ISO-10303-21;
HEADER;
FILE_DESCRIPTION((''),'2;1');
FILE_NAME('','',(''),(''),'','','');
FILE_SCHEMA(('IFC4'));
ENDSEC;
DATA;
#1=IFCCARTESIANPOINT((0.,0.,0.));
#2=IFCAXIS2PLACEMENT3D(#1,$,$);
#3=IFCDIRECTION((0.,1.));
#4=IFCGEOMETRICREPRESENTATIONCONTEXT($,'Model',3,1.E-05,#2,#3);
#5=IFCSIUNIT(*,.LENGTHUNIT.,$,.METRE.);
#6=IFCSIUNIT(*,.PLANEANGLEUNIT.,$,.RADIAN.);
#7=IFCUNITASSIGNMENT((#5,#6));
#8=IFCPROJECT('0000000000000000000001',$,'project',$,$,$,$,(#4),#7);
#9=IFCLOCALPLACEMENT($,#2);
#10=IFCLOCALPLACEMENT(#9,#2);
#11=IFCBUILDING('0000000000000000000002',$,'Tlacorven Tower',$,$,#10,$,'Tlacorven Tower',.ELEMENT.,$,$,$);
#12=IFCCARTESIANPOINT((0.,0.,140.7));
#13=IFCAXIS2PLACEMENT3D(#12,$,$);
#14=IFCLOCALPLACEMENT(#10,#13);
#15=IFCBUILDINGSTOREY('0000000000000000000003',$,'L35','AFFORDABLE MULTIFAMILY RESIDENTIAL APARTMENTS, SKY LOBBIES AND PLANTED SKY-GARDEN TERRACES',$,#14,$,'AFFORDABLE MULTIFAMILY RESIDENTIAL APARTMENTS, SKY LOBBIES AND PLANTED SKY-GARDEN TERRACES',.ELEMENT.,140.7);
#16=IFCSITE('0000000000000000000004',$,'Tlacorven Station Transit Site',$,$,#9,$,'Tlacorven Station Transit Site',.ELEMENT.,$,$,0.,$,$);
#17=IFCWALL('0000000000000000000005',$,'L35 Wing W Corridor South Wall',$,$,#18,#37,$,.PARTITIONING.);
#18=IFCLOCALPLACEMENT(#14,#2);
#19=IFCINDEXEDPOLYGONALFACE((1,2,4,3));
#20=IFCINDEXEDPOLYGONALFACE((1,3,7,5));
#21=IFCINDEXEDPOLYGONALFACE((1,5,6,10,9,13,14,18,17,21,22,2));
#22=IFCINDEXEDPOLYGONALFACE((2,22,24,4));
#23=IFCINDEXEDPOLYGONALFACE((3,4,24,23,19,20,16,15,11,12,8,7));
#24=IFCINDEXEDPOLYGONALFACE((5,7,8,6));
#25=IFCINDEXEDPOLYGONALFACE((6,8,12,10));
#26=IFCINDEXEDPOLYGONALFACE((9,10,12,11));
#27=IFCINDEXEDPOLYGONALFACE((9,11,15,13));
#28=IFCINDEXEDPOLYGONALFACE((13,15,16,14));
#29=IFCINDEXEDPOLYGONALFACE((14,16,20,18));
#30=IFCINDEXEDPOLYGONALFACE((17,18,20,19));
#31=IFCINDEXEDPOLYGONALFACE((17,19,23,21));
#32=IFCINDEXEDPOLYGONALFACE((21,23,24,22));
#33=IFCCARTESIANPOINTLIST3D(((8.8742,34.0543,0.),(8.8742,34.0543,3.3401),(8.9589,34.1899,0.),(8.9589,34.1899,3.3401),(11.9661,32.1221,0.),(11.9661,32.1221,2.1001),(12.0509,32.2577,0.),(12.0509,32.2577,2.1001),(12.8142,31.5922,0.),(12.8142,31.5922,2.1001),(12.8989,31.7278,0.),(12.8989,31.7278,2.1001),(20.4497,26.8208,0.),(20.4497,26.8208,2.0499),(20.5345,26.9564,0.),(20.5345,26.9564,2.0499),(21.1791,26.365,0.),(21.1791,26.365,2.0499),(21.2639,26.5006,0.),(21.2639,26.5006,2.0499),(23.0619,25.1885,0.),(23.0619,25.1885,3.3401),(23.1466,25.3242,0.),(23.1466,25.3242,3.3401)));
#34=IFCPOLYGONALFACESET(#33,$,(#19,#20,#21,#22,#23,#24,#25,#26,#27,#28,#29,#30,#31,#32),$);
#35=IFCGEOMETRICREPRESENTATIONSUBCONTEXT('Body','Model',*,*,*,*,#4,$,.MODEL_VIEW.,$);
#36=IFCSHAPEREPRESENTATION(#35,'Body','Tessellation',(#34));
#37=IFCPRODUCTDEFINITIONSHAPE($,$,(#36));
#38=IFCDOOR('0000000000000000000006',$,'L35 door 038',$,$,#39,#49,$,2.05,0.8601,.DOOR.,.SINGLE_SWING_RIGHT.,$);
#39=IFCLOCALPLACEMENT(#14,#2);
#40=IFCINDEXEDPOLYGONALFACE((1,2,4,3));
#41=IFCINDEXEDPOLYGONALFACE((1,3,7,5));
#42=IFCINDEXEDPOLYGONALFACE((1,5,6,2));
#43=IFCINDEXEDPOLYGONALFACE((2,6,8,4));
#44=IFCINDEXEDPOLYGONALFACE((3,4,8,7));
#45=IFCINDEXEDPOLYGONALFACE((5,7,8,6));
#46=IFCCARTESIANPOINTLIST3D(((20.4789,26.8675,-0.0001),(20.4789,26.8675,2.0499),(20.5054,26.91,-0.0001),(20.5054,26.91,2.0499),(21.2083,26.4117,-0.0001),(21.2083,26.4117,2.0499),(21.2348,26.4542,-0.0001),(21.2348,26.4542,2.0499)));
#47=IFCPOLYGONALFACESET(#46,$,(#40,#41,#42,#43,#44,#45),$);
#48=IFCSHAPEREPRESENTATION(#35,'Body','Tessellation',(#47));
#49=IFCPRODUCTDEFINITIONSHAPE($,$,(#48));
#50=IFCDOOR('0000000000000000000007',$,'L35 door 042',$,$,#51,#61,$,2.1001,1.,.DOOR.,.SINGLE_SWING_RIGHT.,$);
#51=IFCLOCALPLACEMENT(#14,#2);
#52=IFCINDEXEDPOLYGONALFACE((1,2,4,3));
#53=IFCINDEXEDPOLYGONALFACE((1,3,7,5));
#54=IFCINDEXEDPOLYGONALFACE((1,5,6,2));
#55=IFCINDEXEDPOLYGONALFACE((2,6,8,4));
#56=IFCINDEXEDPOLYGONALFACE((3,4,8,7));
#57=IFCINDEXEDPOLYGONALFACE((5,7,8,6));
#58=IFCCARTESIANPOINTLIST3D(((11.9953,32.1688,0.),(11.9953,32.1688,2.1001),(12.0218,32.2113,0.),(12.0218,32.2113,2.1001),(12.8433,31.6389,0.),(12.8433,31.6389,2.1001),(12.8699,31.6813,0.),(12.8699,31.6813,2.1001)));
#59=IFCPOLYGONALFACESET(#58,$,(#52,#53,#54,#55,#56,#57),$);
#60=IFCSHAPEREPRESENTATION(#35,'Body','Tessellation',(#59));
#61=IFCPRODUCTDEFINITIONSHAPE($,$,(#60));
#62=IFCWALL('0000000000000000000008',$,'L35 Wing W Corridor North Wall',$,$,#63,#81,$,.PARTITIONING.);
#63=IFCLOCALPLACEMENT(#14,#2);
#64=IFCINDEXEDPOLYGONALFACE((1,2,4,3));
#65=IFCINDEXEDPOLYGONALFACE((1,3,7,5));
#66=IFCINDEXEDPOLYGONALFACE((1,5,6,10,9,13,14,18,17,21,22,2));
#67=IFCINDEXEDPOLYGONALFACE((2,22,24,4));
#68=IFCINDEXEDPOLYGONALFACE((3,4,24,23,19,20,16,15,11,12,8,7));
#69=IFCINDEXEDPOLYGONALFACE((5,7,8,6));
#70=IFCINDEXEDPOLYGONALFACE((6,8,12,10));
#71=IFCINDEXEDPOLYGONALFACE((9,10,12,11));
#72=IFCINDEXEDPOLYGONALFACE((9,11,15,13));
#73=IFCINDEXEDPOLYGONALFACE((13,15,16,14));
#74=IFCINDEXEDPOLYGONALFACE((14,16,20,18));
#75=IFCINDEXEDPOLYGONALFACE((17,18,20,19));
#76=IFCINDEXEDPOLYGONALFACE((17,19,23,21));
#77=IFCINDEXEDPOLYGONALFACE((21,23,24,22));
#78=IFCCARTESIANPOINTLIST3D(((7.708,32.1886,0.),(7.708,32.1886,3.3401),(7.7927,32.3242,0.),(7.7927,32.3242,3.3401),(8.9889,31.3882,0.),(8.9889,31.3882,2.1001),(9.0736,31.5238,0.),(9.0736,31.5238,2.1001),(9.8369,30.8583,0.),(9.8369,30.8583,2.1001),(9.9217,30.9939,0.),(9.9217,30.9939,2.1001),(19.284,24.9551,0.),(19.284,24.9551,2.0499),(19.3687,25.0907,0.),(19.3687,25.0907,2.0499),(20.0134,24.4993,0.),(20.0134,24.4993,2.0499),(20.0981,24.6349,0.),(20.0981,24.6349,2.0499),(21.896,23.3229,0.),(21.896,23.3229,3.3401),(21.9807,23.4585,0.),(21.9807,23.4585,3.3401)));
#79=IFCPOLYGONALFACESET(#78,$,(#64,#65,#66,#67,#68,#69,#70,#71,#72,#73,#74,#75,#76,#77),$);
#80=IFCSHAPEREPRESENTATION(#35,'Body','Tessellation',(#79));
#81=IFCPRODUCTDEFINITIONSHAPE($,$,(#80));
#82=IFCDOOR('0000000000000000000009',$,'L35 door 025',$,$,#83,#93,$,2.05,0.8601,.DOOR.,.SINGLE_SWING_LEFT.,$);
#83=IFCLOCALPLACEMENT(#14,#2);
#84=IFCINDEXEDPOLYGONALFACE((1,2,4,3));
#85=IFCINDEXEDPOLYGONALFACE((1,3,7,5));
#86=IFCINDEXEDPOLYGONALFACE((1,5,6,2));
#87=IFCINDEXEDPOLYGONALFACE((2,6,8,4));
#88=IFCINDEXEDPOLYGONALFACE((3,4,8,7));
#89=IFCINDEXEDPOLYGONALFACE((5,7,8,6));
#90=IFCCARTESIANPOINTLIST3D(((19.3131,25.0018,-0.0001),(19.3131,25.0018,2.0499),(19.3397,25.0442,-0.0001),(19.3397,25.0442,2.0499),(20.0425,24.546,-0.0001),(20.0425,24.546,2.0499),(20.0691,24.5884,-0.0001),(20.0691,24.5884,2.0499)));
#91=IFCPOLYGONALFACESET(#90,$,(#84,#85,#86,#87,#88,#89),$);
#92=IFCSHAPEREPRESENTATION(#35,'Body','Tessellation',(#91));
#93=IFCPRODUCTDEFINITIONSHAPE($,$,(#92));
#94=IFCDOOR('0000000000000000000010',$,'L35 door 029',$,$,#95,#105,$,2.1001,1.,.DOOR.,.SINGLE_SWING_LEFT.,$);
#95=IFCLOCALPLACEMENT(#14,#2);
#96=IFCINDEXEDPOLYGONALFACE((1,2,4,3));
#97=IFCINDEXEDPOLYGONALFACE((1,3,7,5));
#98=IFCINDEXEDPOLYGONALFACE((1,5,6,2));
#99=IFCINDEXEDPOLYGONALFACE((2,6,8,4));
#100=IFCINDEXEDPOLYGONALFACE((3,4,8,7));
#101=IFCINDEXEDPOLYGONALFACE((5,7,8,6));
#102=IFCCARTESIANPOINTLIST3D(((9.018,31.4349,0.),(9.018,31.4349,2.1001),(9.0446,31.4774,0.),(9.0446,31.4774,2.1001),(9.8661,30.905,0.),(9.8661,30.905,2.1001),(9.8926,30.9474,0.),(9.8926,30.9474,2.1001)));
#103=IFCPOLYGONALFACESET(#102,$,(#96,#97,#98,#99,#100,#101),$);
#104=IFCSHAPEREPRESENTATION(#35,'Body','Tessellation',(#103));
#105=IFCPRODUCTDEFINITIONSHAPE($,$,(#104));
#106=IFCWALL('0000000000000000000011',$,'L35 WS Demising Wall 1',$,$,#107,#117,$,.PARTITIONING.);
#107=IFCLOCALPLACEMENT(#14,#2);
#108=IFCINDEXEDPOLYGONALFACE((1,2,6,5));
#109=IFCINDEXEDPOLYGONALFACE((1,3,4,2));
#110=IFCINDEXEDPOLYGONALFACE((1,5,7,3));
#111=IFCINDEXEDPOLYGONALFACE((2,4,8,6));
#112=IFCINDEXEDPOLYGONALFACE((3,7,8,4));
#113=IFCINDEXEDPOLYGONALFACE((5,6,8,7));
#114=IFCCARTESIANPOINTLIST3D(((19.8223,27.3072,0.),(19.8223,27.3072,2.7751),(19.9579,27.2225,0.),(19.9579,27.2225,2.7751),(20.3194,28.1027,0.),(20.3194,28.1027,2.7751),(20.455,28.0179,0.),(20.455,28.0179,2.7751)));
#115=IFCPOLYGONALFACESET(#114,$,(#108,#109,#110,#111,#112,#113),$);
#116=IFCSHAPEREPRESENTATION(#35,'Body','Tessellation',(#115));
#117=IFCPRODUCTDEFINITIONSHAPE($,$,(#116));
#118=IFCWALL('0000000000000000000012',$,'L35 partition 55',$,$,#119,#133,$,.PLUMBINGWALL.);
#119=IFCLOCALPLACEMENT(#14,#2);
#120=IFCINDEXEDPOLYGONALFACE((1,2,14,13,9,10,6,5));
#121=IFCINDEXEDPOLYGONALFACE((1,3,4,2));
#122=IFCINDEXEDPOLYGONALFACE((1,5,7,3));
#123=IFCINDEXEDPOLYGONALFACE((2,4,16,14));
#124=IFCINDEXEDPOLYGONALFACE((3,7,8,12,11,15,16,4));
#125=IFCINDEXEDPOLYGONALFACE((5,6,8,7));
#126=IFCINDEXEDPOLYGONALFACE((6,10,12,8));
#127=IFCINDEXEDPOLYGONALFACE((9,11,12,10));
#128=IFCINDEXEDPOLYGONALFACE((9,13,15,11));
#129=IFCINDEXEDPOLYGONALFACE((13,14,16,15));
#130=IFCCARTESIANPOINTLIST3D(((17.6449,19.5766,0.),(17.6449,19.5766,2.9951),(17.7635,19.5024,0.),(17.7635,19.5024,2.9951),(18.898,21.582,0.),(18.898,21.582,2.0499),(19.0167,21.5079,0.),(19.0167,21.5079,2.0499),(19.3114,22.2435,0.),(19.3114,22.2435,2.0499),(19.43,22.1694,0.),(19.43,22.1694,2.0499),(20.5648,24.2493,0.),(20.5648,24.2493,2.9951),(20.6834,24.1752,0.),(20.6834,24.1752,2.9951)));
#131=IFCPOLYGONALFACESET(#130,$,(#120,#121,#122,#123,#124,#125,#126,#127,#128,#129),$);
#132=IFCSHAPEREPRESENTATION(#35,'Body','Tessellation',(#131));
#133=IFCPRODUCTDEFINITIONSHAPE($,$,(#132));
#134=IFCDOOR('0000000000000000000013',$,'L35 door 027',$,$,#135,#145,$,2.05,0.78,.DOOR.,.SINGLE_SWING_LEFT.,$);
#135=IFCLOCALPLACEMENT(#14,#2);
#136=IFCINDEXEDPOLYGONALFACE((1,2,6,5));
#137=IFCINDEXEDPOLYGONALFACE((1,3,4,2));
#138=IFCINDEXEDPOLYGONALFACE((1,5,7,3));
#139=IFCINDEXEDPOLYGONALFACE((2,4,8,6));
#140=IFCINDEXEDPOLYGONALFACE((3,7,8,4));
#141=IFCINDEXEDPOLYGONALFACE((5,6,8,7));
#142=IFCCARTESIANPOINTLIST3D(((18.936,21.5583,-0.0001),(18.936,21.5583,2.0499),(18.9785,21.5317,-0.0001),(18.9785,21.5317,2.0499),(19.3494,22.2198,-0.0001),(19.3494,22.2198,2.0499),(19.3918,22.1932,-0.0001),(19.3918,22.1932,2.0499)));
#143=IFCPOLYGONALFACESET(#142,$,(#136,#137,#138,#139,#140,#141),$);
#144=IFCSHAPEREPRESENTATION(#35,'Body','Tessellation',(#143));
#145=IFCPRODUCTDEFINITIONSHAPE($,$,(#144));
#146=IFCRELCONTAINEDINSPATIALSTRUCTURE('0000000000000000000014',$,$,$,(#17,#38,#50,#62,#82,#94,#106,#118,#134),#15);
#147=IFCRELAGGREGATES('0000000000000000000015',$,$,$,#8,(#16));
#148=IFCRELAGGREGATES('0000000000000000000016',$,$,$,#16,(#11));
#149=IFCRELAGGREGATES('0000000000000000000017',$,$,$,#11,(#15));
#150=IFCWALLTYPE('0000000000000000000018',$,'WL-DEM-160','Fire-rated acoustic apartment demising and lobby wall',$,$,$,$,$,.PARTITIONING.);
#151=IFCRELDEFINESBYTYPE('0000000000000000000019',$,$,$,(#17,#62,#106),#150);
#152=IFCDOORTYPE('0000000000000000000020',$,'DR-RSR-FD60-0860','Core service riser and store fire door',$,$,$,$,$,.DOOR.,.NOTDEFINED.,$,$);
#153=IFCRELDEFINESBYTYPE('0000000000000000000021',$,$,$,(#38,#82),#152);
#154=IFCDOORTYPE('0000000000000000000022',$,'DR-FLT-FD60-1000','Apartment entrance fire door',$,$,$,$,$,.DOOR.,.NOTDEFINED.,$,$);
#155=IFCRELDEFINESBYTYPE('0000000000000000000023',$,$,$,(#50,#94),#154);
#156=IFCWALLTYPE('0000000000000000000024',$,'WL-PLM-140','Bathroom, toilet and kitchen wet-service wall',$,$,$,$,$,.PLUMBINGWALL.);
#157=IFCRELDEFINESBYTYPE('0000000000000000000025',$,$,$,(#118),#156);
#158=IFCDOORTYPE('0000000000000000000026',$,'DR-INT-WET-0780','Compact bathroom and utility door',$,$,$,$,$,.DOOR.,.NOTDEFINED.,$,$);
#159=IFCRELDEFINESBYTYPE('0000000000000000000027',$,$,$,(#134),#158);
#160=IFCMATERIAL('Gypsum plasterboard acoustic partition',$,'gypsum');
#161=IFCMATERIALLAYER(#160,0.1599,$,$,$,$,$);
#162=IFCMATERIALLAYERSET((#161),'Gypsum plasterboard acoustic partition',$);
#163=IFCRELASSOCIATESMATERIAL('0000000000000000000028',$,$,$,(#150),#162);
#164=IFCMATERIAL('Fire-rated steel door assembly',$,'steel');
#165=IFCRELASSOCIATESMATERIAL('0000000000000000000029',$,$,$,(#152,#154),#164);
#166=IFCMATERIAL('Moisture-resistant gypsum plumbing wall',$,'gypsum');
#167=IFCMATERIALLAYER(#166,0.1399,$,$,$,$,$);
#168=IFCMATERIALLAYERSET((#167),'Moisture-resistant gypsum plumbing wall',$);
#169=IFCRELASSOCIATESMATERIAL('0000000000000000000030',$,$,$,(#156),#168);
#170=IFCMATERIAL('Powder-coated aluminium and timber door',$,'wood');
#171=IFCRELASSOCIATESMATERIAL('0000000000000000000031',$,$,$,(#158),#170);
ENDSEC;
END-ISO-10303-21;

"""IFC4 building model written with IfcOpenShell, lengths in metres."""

from ifc_helpers import new_model, si_unit, direction, frame, frame_2d, origin, place, context, subcontext, project, spatial, rectangle, extrude, source, transform, mapped, material, layer, layer_set, type_object, element, fill, save


model = new_model("IFC4")

# Units and contexts
model_context = context("Model", 3, precision=1e-05, world=origin(), true_north=direction((0.0, 1.0)))
body_context = subcontext(model_context, "Body", "Model", "MODEL_VIEW")
ifc_project = project(units=[si_unit("LENGTHUNIT", "METRE"), si_unit("PLANEANGLEUNIT", "RADIAN")], contexts=[model_context])

# Site, building, storey
site_placement = place(None, origin())
site = spatial("IfcSite", under=ifc_project, at=site_placement, Name="Tlacorven Station Transit Site", LongName="Tlacorven Station Transit Site", CompositionType="ELEMENT", RefElevation=0.0)
building_placement = place(site_placement, origin())
building = spatial("IfcBuilding", under=site, at=building_placement, Name="Tlacorven Tower", LongName="Tlacorven Tower", CompositionType="ELEMENT")
storey_placement = place(building_placement, frame((0.0, 0.0, 140.7)))
storey = spatial("IfcBuildingStorey", under=building, at=storey_placement, Name="L35", Description="AFFORDABLE MULTIFAMILY RESIDENTIAL APARTMENTS, SKY LOBBIES AND PLANTED SKY-GARDEN TERRACES", LongName="AFFORDABLE MULTIFAMILY RESIDENTIAL APARTMENTS, SKY LOBBIES AND PLANTED SKY-GARDEN TERRACES", CompositionType="ELEMENT", Elevation=140.7)

# Shared definitions
ifc_material_1 = material(Name="Gypsum plasterboard acoustic partition", Category="gypsum")
ifc_layer_1 = layer(ifc_material_1, 0.1599)
ifc_layer_set_1 = layer_set([ifc_layer_1], Name="Gypsum plasterboard acoustic partition")
wall_type_1 = type_object("IfcWallType", Name="WL-DEM-160", Description="Fire-rated acoustic apartment demising and lobby wall", PredefinedType="PARTITIONING", material=ifc_layer_set_1)
ifc_material_2 = material(Name="Fire-rated steel door assembly", Category="steel")
door_type_1 = type_object("IfcDoorType", Name="DR-RSR-FD60-0860", Description="Core service riser and store fire door", OperationType="NOTDEFINED", PredefinedType="DOOR", material=ifc_material_2)
shared_shape_1 = source(origin(), body_context, "Body", "SweptSolid", [
    extrude(rectangle(XDim=0.8601, YDim=2.05, at=frame_2d((0.4302, 1.0249))), frame((0.0, 0.0249, 0.0), z_axis=(0.0, -1.0, 0.0), x_axis=(1.0, 0.0, 0.0)), (0.0, 0.0, 1.0), 0.05),
])

# Walls, openings, doors
wall_1_placement = place(storey_placement, frame((23.1042, 25.2563, 0.0), z_axis=(0.0, 0.0, 1.0), x_axis=(-0.848042, 0.529929, 0.0)))
wall_1 = element("IfcWall", 1, at=wall_1_placement, inside=storey, type_object=wall_type_1, Name="L35 Wing W Corridor South Wall", PredefinedType="PARTITIONING", context=body_context, shape_type="SweptSolid", body=[
    extrude(rectangle(XDim=16.73, YDim=0.1599, at=frame_2d((8.365, 0.0))), origin(), (0.0, 0.0, 1.0), 3.3401),
])
opening_1_placement = place(wall_1_placement, frame((2.22, 0.0, 0.0)))
opening_1 = element("IfcOpeningElement", 2, at=opening_1_placement, cuts=wall_1, PredefinedType="OPENING", context=body_context, shape_type="SweptSolid", body=[
    extrude(rectangle(XDim=0.8601, YDim=2.05, at=frame_2d((0.4302, 1.0249))), frame((0.0, 0.0898, 0.0), z_axis=(0.0, -1.0, 0.0), x_axis=(1.0, 0.0, 0.0)), (0.0, 0.0, 1.0), 0.1799),
])
opening_2_placement = place(wall_1_placement, frame((12.084, 0.0, 0.0)))
opening_2 = element("IfcOpeningElement", 3, at=opening_2_placement, cuts=wall_1, PredefinedType="OPENING", context=body_context, shape_type="SweptSolid", body=[
    extrude(rectangle(XDim=1.0, YDim=2.1001, at=frame_2d((0.5, 1.05))), frame((0.0, 0.0898, 0.0), z_axis=(0.0, -1.0, 0.0), x_axis=(1.0, 0.0, 0.0)), (0.0, 0.0, 1.0), 0.1799),
])
door_1_placement = place(opening_1_placement, origin())
door_1 = element("IfcDoor", 4, at=door_1_placement, inside=storey, type_object=door_type_1, Name="L35 door 038", OperationType="SINGLE_SWING_RIGHT", OverallHeight=2.05, OverallWidth=0.8601, PredefinedType="DOOR", context=body_context, shape_type="MappedRepresentation", body=[
    mapped(shared_shape_1, transform((0.0, 0.0, 0.0), scale=1.0)),
])
fill(opening_1, door_1)
door_type_2 = type_object("IfcDoorType", Name="DR-FLT-FD60-1000", Description="Apartment entrance fire door", OperationType="NOTDEFINED", PredefinedType="DOOR", material=ifc_material_2)
shared_shape_2 = source(origin(), body_context, "Body", "SweptSolid", [
    extrude(rectangle(XDim=1.0, YDim=2.1001, at=frame_2d((0.5, 1.05))), frame((0.0, 0.0249, 0.0), z_axis=(0.0, -1.0, 0.0), x_axis=(1.0, 0.0, 0.0)), (0.0, 0.0, 1.0), 0.05),
])
door_2_placement = place(opening_2_placement, origin())
door_2 = element("IfcDoor", 5, at=door_2_placement, inside=storey, type_object=door_type_2, Name="L35 door 042", OperationType="SINGLE_SWING_RIGHT", OverallHeight=2.1001, OverallWidth=1.0, PredefinedType="DOOR", context=body_context, shape_type="MappedRepresentation", body=[
    mapped(shared_shape_2, transform((0.0, 0.0, 0.0), scale=1.0)),
])
fill(opening_2, door_2)
wall_2_placement = place(storey_placement, frame((21.9385, 23.3906, 0.0), z_axis=(0.0, 0.0, 1.0), x_axis=(-0.848046, 0.529923, 0.0)))
wall_2 = element("IfcWall", 6, at=wall_2_placement, inside=storey, type_object=wall_type_1, Name="L35 Wing W Corridor North Wall", PredefinedType="PARTITIONING", context=body_context, shape_type="SweptSolid", body=[
    extrude(rectangle(XDim=16.7302, YDim=0.1599, at=frame_2d((8.3652, 0.0))), origin(), (0.0, 0.0, 1.0), 3.3401),
])
opening_3_placement = place(wall_2_placement, frame((2.22, 0.0, 0.0)))
opening_3 = element("IfcOpeningElement", 7, at=opening_3_placement, cuts=wall_2, PredefinedType="OPENING", context=body_context, shape_type="SweptSolid", body=[
    extrude(rectangle(XDim=0.8601, YDim=2.05, at=frame_2d((0.4302, 1.0249))), frame((0.0, 0.0898, 0.0), z_axis=(0.0, -1.0, 0.0), x_axis=(1.0, 0.0, 0.0)), (0.0, 0.0, 1.0), 0.1799),
])
opening_4_placement = place(wall_2_placement, frame((14.22, 0.0, 0.0)))
opening_4 = element("IfcOpeningElement", 8, at=opening_4_placement, cuts=wall_2, PredefinedType="OPENING", context=body_context, shape_type="SweptSolid", body=[
    extrude(rectangle(XDim=1.0, YDim=2.1001, at=frame_2d((0.5, 1.05))), frame((0.0, 0.0898, 0.0), z_axis=(0.0, -1.0, 0.0), x_axis=(1.0, 0.0, 0.0)), (0.0, 0.0, 1.0), 0.1799),
])
door_3_placement = place(opening_3_placement, origin())
door_3 = element("IfcDoor", 9, at=door_3_placement, inside=storey, type_object=door_type_1, Name="L35 door 025", OperationType="SINGLE_SWING_LEFT", OverallHeight=2.05, OverallWidth=0.8601, PredefinedType="DOOR", context=body_context, shape_type="MappedRepresentation", body=[
    mapped(shared_shape_1, transform((0.0, 0.0, 0.0), scale=1.0)),
])
fill(opening_3, door_3)
door_4_placement = place(opening_4_placement, origin())
door_4 = element("IfcDoor", 10, at=door_4_placement, inside=storey, type_object=door_type_2, Name="L35 door 029", OperationType="SINGLE_SWING_LEFT", OverallHeight=2.1001, OverallWidth=1.0, PredefinedType="DOOR", context=body_context, shape_type="MappedRepresentation", body=[
    mapped(shared_shape_2, transform((0.0, 0.0, 0.0), scale=1.0)),
])
fill(opening_4, door_4)

# Wall
wall_3_placement = place(storey_placement, frame((20.3872, 28.0603, 0.0), z_axis=(0.0, 0.0, 1.0), x_axis=(-0.529952, -0.848028, 0.0)))
element("IfcWall", 11, at=wall_3_placement, inside=storey, type_object=wall_type_1, Name="L35 WS Demising Wall 1", PredefinedType="PARTITIONING", context=body_context, shape_type="SweptSolid", body=[
    extrude(rectangle(XDim=0.938, YDim=0.1599, at=frame_2d((0.469, 0.0))), origin(), (0.0, 0.0, 1.0), 2.7751),
])

# Wall, opening, door
ifc_material_3 = material(Name="Moisture-resistant gypsum plumbing wall", Category="gypsum")
ifc_layer_2 = layer(ifc_material_3, 0.1399)
ifc_layer_set_2 = layer_set([ifc_layer_2], Name="Moisture-resistant gypsum plumbing wall")
wall_type_2 = type_object("IfcWallType", Name="WL-PLM-140", Description="Bathroom, toilet and kitchen wet-service wall", PredefinedType="PLUMBINGWALL", material=ifc_layer_set_2)
wall_4_placement = place(storey_placement, frame((20.624, 24.2122, 0.0), z_axis=(0.0, 0.0, 1.0), x_axis=(-0.529919, -0.848048, 0.0)))
wall_4 = element("IfcWall", 12, at=wall_4_placement, inside=storey, type_object=wall_type_2, Name="L35 partition 55", PredefinedType="PLUMBINGWALL", context=body_context, shape_type="SweptSolid", body=[
    extrude(rectangle(XDim=5.51, YDim=0.1399, at=frame_2d((2.7549, 0.0))), origin(), (0.0, 0.0, 1.0), 2.9951),
])
opening_5_placement = place(wall_4_placement, frame((2.365, 0.0, 0.0)))
opening_5 = element("IfcOpeningElement", 13, at=opening_5_placement, cuts=wall_4, PredefinedType="OPENING", context=body_context, shape_type="SweptSolid", body=[
    extrude(rectangle(XDim=0.78, YDim=2.05, at=frame_2d((0.3901, 1.0249))), frame((0.0, 0.0801, 0.0), z_axis=(0.0, -1.0, 0.0), x_axis=(1.0, 0.0, 0.0)), (0.0, 0.0, 1.0), 0.1599),
])
ifc_material_4 = material(Name="Powder-coated aluminium and timber door", Category="wood")
door_type_3 = type_object("IfcDoorType", Name="DR-INT-WET-0780", Description="Compact bathroom and utility door", OperationType="NOTDEFINED", PredefinedType="DOOR", material=ifc_material_4)
shared_shape_3 = source(origin(), body_context, "Body", "SweptSolid", [
    extrude(rectangle(XDim=0.78, YDim=2.05, at=frame_2d((0.3901, 1.0249))), frame((0.0, 0.0249, 0.0), z_axis=(0.0, -1.0, 0.0), x_axis=(1.0, 0.0, 0.0)), (0.0, 0.0, 1.0), 0.05),
])
door_5_placement = place(opening_5_placement, origin())
door_5 = element("IfcDoor", 14, at=door_5_placement, inside=storey, type_object=door_type_3, Name="L35 door 027", OperationType="SINGLE_SWING_LEFT", OverallHeight=2.05, OverallWidth=0.78, PredefinedType="DOOR", context=body_context, shape_type="MappedRepresentation", body=[
    mapped(shared_shape_3, transform((0.0, 0.0, 0.0), scale=1.0)),
])
fill(opening_5, door_5)

save(model, "model.ifc")
